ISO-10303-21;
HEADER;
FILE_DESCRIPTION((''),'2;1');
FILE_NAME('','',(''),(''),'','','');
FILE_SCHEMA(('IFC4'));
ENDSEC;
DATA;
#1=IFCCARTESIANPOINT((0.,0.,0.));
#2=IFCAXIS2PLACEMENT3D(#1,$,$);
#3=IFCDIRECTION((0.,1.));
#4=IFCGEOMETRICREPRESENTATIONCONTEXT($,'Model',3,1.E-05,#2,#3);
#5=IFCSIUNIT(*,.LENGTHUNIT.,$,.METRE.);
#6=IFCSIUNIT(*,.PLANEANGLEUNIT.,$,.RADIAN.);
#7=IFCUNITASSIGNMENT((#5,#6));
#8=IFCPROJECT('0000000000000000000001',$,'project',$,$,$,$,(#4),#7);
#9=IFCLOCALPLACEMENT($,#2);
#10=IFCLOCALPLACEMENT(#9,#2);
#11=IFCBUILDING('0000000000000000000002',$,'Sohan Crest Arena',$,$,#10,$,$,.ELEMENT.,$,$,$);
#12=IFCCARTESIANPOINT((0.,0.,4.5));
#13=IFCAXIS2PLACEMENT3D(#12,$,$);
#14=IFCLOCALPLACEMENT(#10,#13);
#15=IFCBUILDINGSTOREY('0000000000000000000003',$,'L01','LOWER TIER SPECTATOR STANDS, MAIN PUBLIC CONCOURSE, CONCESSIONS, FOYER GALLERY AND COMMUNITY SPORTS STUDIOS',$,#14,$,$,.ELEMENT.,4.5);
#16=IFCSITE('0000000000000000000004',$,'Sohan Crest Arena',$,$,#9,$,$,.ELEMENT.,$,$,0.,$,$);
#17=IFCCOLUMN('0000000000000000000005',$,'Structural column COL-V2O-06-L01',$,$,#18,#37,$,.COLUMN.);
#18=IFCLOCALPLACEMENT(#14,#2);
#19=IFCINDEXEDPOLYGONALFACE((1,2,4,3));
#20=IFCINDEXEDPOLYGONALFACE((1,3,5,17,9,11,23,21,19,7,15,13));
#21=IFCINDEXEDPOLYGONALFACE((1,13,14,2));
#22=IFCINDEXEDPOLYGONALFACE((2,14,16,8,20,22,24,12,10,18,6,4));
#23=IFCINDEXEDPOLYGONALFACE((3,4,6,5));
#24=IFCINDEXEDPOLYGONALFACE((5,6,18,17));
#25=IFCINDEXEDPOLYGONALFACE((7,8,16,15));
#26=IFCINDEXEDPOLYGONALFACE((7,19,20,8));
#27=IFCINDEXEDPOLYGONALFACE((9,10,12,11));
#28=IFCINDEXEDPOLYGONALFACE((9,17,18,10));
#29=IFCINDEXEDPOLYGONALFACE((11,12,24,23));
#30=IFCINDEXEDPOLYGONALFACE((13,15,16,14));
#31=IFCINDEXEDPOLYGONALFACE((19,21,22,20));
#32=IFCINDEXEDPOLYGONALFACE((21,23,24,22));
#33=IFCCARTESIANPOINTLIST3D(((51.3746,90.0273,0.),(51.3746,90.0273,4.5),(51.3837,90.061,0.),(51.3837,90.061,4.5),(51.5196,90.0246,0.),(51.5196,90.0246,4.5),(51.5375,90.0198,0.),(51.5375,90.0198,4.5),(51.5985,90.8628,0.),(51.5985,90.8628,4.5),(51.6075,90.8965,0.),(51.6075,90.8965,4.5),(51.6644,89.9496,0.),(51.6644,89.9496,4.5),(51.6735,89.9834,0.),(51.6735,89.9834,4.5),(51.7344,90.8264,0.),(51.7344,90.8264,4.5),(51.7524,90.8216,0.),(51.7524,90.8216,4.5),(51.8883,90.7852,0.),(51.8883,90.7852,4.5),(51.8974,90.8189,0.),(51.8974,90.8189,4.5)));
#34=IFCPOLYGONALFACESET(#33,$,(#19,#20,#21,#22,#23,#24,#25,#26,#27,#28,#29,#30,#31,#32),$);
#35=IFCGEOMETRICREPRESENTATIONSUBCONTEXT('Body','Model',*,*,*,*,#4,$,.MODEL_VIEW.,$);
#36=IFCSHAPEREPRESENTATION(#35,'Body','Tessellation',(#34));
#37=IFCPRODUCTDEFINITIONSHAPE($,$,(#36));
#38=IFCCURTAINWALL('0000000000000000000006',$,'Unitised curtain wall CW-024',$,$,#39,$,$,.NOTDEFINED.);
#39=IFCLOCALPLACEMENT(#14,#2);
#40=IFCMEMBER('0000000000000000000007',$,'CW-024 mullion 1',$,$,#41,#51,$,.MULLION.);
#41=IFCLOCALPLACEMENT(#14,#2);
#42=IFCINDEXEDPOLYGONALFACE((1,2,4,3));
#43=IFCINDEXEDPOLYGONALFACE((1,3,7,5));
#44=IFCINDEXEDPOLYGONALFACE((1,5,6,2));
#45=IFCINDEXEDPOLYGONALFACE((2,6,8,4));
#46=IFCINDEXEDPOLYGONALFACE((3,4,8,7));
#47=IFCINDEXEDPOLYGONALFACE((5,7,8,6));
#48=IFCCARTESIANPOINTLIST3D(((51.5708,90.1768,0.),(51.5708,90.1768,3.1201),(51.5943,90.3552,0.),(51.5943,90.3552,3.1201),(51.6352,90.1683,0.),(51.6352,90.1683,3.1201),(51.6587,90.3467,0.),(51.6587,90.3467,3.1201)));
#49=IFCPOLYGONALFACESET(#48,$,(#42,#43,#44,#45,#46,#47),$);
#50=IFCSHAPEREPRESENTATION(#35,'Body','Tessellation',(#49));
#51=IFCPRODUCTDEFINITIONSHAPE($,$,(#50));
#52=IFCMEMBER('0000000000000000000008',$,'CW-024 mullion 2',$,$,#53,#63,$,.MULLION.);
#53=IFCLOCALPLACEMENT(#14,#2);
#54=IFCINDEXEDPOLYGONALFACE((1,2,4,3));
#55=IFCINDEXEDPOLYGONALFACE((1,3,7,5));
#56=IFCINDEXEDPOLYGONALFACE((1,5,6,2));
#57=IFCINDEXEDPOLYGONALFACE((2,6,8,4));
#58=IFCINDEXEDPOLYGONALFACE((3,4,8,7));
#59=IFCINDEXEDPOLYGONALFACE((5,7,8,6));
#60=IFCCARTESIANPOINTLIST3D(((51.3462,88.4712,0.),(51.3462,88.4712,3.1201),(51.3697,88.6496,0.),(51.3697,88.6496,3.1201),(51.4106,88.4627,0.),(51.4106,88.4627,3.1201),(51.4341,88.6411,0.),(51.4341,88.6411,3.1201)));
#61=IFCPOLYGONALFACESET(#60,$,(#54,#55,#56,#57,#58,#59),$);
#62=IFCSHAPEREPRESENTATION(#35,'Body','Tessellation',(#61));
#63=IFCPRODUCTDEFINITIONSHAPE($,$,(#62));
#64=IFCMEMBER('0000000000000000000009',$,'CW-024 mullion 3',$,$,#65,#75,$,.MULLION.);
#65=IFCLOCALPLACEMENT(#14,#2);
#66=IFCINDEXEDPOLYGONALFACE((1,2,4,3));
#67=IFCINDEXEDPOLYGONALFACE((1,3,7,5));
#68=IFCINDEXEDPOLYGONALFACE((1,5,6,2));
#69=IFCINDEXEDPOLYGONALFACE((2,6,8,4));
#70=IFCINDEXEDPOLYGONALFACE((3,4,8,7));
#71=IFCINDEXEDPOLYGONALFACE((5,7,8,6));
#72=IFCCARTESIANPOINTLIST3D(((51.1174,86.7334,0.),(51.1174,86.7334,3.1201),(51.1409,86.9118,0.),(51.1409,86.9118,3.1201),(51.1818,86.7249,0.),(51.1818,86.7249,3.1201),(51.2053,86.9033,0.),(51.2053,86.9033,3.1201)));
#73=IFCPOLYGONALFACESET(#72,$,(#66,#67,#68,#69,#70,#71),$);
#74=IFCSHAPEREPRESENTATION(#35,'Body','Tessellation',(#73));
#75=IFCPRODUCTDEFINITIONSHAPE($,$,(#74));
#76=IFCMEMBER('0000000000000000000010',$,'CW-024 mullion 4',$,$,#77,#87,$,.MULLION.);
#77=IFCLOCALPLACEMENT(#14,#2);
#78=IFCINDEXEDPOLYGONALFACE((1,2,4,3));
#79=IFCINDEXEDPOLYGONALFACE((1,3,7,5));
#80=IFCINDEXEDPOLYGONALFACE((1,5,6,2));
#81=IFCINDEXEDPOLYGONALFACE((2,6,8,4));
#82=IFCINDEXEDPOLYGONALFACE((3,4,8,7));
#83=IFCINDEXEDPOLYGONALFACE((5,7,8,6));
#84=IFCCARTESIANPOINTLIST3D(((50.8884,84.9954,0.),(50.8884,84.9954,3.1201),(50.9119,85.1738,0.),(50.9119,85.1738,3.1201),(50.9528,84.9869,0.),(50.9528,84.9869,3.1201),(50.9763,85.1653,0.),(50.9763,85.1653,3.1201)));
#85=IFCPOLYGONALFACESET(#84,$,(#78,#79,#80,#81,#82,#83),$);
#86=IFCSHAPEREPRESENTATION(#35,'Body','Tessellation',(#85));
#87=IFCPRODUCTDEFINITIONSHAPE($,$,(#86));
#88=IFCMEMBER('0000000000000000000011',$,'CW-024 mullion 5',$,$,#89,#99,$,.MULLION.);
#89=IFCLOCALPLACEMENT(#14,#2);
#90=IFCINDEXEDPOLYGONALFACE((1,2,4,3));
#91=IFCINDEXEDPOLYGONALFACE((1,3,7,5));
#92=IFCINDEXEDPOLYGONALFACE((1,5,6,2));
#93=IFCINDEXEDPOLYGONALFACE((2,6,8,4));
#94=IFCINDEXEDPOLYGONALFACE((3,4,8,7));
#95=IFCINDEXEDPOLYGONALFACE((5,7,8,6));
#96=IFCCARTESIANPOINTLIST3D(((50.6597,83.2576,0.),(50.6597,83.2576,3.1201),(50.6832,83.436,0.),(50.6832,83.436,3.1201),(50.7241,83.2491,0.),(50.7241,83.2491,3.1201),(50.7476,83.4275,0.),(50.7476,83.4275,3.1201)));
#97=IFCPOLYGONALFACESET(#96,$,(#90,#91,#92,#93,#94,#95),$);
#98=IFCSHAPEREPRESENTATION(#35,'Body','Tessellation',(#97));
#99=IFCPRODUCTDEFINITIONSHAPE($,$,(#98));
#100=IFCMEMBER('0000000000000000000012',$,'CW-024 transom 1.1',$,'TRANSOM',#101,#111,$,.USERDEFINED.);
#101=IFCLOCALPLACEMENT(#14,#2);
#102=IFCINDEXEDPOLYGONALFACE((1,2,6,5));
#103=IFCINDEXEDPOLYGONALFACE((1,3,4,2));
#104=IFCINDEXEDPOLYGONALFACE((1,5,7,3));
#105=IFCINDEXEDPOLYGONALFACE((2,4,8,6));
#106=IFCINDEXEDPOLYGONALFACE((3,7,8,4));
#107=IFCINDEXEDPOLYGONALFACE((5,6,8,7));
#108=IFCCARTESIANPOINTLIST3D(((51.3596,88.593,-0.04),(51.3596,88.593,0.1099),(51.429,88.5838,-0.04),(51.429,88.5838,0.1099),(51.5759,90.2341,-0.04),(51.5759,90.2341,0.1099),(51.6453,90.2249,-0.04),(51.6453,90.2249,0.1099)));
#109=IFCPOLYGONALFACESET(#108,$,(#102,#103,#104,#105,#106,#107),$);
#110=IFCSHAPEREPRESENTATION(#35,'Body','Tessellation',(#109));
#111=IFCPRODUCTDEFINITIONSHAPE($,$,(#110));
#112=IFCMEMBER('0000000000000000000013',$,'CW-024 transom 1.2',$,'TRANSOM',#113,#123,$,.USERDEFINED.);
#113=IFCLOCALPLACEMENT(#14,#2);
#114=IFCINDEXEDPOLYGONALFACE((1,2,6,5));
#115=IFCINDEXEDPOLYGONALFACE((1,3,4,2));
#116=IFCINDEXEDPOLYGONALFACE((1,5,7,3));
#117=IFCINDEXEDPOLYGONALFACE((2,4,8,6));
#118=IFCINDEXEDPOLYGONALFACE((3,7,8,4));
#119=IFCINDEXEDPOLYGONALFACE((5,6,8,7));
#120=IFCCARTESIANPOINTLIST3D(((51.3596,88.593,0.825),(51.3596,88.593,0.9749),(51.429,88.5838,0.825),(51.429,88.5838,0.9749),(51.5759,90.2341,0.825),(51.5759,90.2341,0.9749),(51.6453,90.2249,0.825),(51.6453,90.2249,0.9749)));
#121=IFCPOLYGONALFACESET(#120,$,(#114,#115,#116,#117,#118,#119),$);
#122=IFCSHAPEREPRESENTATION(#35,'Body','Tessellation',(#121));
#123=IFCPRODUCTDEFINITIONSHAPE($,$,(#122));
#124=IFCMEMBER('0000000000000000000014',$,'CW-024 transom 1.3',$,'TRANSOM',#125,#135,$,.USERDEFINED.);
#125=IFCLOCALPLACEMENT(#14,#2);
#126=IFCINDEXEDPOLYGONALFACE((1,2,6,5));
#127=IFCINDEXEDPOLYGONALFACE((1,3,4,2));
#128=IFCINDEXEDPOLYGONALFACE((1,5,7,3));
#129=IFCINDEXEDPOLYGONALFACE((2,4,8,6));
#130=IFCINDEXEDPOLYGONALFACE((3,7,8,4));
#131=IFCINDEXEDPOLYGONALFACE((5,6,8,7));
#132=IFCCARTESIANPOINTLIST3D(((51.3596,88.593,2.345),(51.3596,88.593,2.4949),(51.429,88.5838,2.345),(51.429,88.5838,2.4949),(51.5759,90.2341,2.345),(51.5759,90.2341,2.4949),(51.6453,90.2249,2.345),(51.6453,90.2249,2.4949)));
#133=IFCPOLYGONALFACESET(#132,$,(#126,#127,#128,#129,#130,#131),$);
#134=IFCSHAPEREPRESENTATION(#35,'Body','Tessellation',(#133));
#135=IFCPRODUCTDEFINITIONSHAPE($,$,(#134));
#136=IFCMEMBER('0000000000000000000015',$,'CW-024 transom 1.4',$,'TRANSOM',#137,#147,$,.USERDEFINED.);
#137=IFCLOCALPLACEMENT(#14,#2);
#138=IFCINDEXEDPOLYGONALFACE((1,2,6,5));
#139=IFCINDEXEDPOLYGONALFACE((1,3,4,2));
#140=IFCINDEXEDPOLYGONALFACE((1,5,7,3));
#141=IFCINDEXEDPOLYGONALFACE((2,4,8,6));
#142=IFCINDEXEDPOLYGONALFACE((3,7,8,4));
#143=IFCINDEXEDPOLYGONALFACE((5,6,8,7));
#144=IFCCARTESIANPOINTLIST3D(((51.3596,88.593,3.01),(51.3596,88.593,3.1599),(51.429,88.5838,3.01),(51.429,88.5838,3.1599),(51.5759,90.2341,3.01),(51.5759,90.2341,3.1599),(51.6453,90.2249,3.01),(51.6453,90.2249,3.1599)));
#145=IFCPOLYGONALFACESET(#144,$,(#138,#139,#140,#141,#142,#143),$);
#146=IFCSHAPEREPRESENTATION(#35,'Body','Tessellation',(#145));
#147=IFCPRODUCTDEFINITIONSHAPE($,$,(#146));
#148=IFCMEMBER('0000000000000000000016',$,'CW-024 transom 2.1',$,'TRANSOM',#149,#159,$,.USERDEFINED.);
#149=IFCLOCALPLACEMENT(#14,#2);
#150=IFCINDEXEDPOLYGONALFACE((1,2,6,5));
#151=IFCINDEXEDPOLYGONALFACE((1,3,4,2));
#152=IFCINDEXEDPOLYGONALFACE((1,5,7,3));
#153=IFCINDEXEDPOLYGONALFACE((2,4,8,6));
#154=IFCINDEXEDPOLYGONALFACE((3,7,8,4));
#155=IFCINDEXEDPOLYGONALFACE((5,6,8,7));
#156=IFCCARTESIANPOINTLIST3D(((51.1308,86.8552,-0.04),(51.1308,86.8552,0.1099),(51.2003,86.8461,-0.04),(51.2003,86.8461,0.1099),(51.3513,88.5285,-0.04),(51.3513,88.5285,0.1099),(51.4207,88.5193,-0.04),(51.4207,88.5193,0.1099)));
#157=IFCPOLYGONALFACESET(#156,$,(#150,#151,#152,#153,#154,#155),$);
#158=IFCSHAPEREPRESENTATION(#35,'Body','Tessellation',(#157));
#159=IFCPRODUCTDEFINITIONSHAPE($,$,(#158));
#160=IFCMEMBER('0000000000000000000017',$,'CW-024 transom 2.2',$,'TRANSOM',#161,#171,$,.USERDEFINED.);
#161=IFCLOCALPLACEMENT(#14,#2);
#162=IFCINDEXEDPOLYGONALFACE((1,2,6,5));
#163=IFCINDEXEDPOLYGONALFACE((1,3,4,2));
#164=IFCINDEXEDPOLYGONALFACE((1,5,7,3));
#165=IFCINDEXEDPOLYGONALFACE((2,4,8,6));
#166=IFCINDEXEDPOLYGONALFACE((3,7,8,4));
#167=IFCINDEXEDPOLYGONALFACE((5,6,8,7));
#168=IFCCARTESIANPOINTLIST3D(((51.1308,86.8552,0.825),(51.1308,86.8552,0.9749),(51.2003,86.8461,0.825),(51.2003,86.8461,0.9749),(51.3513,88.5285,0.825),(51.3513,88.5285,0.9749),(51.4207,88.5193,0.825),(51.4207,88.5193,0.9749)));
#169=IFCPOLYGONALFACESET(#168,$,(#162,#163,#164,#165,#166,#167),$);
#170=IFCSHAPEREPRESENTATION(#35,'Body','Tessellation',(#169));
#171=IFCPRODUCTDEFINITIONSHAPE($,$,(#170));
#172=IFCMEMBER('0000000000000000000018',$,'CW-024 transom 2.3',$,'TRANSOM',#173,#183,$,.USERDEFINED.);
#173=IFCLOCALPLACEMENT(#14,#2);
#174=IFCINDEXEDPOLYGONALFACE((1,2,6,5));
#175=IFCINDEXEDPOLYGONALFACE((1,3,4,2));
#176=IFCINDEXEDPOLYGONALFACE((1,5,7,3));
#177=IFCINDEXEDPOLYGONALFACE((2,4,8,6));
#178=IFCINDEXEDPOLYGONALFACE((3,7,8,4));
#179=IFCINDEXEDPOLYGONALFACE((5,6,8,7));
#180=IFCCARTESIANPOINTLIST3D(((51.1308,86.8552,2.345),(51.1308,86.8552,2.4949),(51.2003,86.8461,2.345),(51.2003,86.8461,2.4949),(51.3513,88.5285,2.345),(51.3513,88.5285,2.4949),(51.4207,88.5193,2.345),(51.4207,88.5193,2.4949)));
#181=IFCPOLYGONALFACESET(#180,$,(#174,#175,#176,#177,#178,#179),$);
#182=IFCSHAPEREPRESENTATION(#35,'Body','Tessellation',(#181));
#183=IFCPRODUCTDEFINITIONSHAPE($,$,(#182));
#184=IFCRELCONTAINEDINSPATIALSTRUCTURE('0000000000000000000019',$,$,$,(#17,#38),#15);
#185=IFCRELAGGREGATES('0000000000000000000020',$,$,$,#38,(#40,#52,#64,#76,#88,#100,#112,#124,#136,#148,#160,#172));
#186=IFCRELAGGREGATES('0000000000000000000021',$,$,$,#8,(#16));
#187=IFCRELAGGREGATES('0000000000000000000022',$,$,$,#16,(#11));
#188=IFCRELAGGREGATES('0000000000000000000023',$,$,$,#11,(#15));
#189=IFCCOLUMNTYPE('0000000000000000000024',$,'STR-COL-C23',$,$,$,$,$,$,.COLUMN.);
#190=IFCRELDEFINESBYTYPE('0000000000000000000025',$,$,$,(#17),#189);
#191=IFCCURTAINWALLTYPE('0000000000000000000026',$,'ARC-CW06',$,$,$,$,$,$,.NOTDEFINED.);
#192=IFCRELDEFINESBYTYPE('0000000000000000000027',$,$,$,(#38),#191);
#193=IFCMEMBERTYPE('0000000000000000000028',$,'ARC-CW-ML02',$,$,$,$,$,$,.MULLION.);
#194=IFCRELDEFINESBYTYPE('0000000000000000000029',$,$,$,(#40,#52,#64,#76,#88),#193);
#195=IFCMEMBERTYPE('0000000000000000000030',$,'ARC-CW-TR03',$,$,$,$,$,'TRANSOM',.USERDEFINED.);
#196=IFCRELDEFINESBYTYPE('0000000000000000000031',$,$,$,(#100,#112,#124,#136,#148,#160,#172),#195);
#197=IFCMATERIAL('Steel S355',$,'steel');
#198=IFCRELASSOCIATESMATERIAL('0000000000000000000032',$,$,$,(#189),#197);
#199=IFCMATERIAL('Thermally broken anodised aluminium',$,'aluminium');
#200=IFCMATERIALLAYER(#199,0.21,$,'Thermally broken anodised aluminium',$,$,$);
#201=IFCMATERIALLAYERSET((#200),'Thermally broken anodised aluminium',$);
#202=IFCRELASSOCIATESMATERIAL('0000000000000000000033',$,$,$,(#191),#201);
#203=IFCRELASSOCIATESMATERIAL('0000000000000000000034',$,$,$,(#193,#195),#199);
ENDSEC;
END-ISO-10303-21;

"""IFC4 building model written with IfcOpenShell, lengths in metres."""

from ifc_helpers import new_model, si_unit, direction, frame, origin, origin_2d, place, context, subcontext, project, spatial, rectangle, i_section, extrude, material, layer, layer_set, material_profile, profile_set, type_object, element, aggregate, save


model = new_model("IFC4")

# Units and contexts
model_context = context("Model", 3, precision=1e-05, world=origin(), true_north=direction((0.0, 1.0)))
body_context = subcontext(model_context, "Body", "Model", "MODEL_VIEW")
ifc_project = project(units=[si_unit("LENGTHUNIT", "METRE"), si_unit("PLANEANGLEUNIT", "RADIAN")], contexts=[model_context])

# Site, building, storey
site_placement = place(None, origin())
site = spatial("IfcSite", under=ifc_project, at=site_placement, Name="Sohan Crest Arena", CompositionType="ELEMENT", RefElevation=0.0)
building_placement = place(site_placement, origin())
building = spatial("IfcBuilding", under=site, at=building_placement, Name="Sohan Crest Arena", CompositionType="ELEMENT")
storey_placement = place(building_placement, frame((0.0, 0.0, 4.5)))
storey = spatial("IfcBuildingStorey", under=building, at=storey_placement, Name="L01", Description="LOWER TIER SPECTATOR STANDS, MAIN PUBLIC CONCOURSE, CONCESSIONS, FOYER GALLERY AND COMMUNITY SPORTS STUDIOS", CompositionType="ELEMENT", Elevation=4.5)

# Column
ifc_material_1 = material(Name="Steel S355", Category="steel")
ifc_material_profile_1 = material_profile(ifc_material_1, i_section(OverallWidth=0.3, OverallDepth=0.8999, WebThickness=0.0186, FlangeThickness=0.0349, at=origin_2d()), Name="HEB 900")
ifc_profile_set_1 = profile_set([ifc_material_profile_1], Name="Steel S355")
column_type = type_object("IfcColumnType", Name="STR-COL-C23", PredefinedType="COLUMN", material=ifc_profile_set_1)
column_placement = place(storey_placement, frame((51.636, 90.4231, 0.0), z_axis=(0.0, 0.0, 1.0), x_axis=(-0.965926, 0.258819, 0.0)))
element("IfcColumn", 1, at=column_placement, inside=storey, type_object=column_type, Name="Structural column COL-V2O-06-L01", PredefinedType="COLUMN", context=body_context, shape_type="SweptSolid", body=[
    extrude(i_section(OverallWidth=0.3, OverallDepth=0.8999, WebThickness=0.0186, FlangeThickness=0.0349, at=origin_2d()), origin(), (0.0, 0.0, 1.0), 4.5),
])

# Curtain wall, members
ifc_material_2 = material(Name="Thermally broken anodised aluminium", Category="aluminium")
ifc_layer_1 = layer(ifc_material_2, 0.21, Name="Thermally broken anodised aluminium")
ifc_layer_set_1 = layer_set([ifc_layer_1], Name="Thermally broken anodised aluminium")
curtain_wall_type = type_object("IfcCurtainWallType", Name="ARC-CW06", PredefinedType="NOTDEFINED", material=ifc_layer_set_1)
curtain_wall_placement = place(storey_placement, origin())
curtain_wall = element("IfcCurtainWall", 2, at=curtain_wall_placement, inside=storey, type_object=curtain_wall_type, Name="Unitised curtain wall CW-024", PredefinedType="NOTDEFINED")
ifc_material_profile_2 = material_profile(ifc_material_2, rectangle(XDim=0.0649, YDim=0.1799, at=origin_2d()), Name="ALU-MULL 65x180")
ifc_profile_set_2 = profile_set([ifc_material_profile_2], Name="Thermally broken anodised aluminium")
member_type_1 = type_object("IfcMemberType", Name="ARC-CW-ML02", PredefinedType="MULLION", material=ifc_profile_set_2)
member_1_placement = place(storey_placement, frame((51.6147, 90.2617, 0.0), z_axis=(0.0, 0.0, 1.0), x_axis=(0.99144, -0.130562, 0.0)))
member_1 = element("IfcMember", 3, at=member_1_placement, type_object=member_type_1, Name="CW-024 mullion 1", PredefinedType="MULLION", context=body_context, shape_type="SweptSolid", body=[
    extrude(rectangle(XDim=0.0649, YDim=0.1799, at=origin_2d()), origin(), (0.0, 0.0, 1.0), 3.1201),
])
member_2_placement = place(storey_placement, frame((51.3901, 88.5562, 0.0), z_axis=(0.0, 0.0, 1.0), x_axis=(0.99144, -0.130562, 0.0)))
member_2 = element("IfcMember", 4, at=member_2_placement, type_object=member_type_1, Name="CW-024 mullion 2", PredefinedType="MULLION", context=body_context, shape_type="SweptSolid", body=[
    extrude(rectangle(XDim=0.0649, YDim=0.1799, at=origin_2d()), origin(), (0.0, 0.0, 1.0), 3.1201),
])
member_3_placement = place(storey_placement, frame((51.1614, 86.8184, 0.0), z_axis=(0.0, 0.0, 1.0), x_axis=(0.99144, -0.130562, 0.0)))
member_3 = element("IfcMember", 5, at=member_3_placement, type_object=member_type_1, Name="CW-024 mullion 3", PredefinedType="MULLION", context=body_context, shape_type="SweptSolid", body=[
    extrude(rectangle(XDim=0.0649, YDim=0.1799, at=origin_2d()), origin(), (0.0, 0.0, 1.0), 3.1201),
])
member_4_placement = place(storey_placement, frame((50.9324, 85.0803, 0.0), z_axis=(0.0, 0.0, 1.0), x_axis=(0.99144, -0.130562, 0.0)))
member_4 = element("IfcMember", 6, at=member_4_placement, type_object=member_type_1, Name="CW-024 mullion 4", PredefinedType="MULLION", context=body_context, shape_type="SweptSolid", body=[
    extrude(rectangle(XDim=0.0649, YDim=0.1799, at=origin_2d()), origin(), (0.0, 0.0, 1.0), 3.1201),
])
member_5_placement = place(storey_placement, frame((50.7036, 83.3425, 0.0), z_axis=(0.0, 0.0, 1.0), x_axis=(0.99144, -0.130562, 0.0)))
member_5 = element("IfcMember", 7, at=member_5_placement, type_object=member_type_1, Name="CW-024 mullion 5", PredefinedType="MULLION", context=body_context, shape_type="SweptSolid", body=[
    extrude(rectangle(XDim=0.0649, YDim=0.1799, at=origin_2d()), origin(), (0.0, 0.0, 1.0), 3.1201),
])
ifc_material_profile_3 = material_profile(ifc_material_2, rectangle(XDim=0.0701, YDim=0.1499, at=origin_2d()), Name="ALU-TRAN 70x150")
ifc_profile_set_3 = profile_set([ifc_material_profile_3], Name="Thermally broken anodised aluminium")
member_type_2 = type_object("IfcMemberType", Name="ARC-CW-TR03", ElementType="TRANSOM", PredefinedType="USERDEFINED", material=ifc_profile_set_3)
member_6_placement = place(storey_placement, frame((51.6106, 90.2295, 0.0349), z_axis=(-0.130676, -0.991425, 0.0), x_axis=(0.991425, -0.130676, 0.0)))
member_6 = element("IfcMember", 8, at=member_6_placement, type_object=member_type_2, Name="CW-024 transom 1.1", ObjectType="TRANSOM", PredefinedType="USERDEFINED", context=body_context, shape_type="SweptSolid", body=[
    extrude(rectangle(XDim=0.0701, YDim=0.1499, at=origin_2d()), origin(), (0.0, 0.0, 1.0), 1.6553),
])
member_7_placement = place(storey_placement, frame((51.6106, 90.2295, 0.8999), z_axis=(-0.130676, -0.991425, 0.0), x_axis=(0.991425, -0.130676, 0.0)))
member_7 = element("IfcMember", 9, at=member_7_placement, type_object=member_type_2, Name="CW-024 transom 1.2", ObjectType="TRANSOM", PredefinedType="USERDEFINED", context=body_context, shape_type="SweptSolid", body=[
    extrude(rectangle(XDim=0.0701, YDim=0.1499, at=origin_2d()), origin(), (0.0, 0.0, 1.0), 1.6553),
])
member_8_placement = place(storey_placement, frame((51.6106, 90.2295, 2.4199), z_axis=(-0.130676, -0.991425, 0.0), x_axis=(0.991425, -0.130676, 0.0)))
member_8 = element("IfcMember", 10, at=member_8_placement, type_object=member_type_2, Name="CW-024 transom 1.3", ObjectType="TRANSOM", PredefinedType="USERDEFINED", context=body_context, shape_type="SweptSolid", body=[
    extrude(rectangle(XDim=0.0701, YDim=0.1499, at=origin_2d()), origin(), (0.0, 0.0, 1.0), 1.6553),
])
member_9_placement = place(storey_placement, frame((51.6106, 90.2295, 3.085), z_axis=(-0.130676, -0.991425, 0.0), x_axis=(0.991425, -0.130676, 0.0)))
member_9 = element("IfcMember", 11, at=member_9_placement, type_object=member_type_2, Name="CW-024 transom 1.4", ObjectType="TRANSOM", PredefinedType="USERDEFINED", context=body_context, shape_type="SweptSolid", body=[
    extrude(rectangle(XDim=0.0701, YDim=0.1499, at=origin_2d()), origin(), (0.0, 0.0, 1.0), 1.6553),
])
member_10_placement = place(storey_placement, frame((51.386, 88.5239, 0.0349), z_axis=(-0.130619, -0.991433, 0.0), x_axis=(0.991433, -0.130619, 0.0)))
member_10 = element("IfcMember", 12, at=member_10_placement, type_object=member_type_2, Name="CW-024 transom 2.1", ObjectType="TRANSOM", PredefinedType="USERDEFINED", context=body_context, shape_type="SweptSolid", body=[
    extrude(rectangle(XDim=0.0701, YDim=0.1499, at=origin_2d()), origin(), (0.0, 0.0, 1.0), 1.6877),
])
member_11_placement = place(storey_placement, frame((51.386, 88.5239, 0.8999), z_axis=(-0.130619, -0.991433, 0.0), x_axis=(0.991433, -0.130619, 0.0)))
member_11 = element("IfcMember", 13, at=member_11_placement, type_object=member_type_2, Name="CW-024 transom 2.2", ObjectType="TRANSOM", PredefinedType="USERDEFINED", context=body_context, shape_type="SweptSolid", body=[
    extrude(rectangle(XDim=0.0701, YDim=0.1499, at=origin_2d()), origin(), (0.0, 0.0, 1.0), 1.6877),
])
member_12_placement = place(storey_placement, frame((51.386, 88.5239, 2.4199), z_axis=(-0.130619, -0.991433, 0.0), x_axis=(0.991433, -0.130619, 0.0)))
member_12 = element("IfcMember", 14, at=member_12_placement, type_object=member_type_2, Name="CW-024 transom 2.3", ObjectType="TRANSOM", PredefinedType="USERDEFINED", context=body_context, shape_type="SweptSolid", body=[
    extrude(rectangle(XDim=0.0701, YDim=0.1499, at=origin_2d()), origin(), (0.0, 0.0, 1.0), 1.6877),
])

aggregate(curtain_wall, [member_1, member_2, member_3, member_4, member_5, member_6, member_7, member_8, member_9, member_10, member_11, member_12])

save(model, "model.ifc")
